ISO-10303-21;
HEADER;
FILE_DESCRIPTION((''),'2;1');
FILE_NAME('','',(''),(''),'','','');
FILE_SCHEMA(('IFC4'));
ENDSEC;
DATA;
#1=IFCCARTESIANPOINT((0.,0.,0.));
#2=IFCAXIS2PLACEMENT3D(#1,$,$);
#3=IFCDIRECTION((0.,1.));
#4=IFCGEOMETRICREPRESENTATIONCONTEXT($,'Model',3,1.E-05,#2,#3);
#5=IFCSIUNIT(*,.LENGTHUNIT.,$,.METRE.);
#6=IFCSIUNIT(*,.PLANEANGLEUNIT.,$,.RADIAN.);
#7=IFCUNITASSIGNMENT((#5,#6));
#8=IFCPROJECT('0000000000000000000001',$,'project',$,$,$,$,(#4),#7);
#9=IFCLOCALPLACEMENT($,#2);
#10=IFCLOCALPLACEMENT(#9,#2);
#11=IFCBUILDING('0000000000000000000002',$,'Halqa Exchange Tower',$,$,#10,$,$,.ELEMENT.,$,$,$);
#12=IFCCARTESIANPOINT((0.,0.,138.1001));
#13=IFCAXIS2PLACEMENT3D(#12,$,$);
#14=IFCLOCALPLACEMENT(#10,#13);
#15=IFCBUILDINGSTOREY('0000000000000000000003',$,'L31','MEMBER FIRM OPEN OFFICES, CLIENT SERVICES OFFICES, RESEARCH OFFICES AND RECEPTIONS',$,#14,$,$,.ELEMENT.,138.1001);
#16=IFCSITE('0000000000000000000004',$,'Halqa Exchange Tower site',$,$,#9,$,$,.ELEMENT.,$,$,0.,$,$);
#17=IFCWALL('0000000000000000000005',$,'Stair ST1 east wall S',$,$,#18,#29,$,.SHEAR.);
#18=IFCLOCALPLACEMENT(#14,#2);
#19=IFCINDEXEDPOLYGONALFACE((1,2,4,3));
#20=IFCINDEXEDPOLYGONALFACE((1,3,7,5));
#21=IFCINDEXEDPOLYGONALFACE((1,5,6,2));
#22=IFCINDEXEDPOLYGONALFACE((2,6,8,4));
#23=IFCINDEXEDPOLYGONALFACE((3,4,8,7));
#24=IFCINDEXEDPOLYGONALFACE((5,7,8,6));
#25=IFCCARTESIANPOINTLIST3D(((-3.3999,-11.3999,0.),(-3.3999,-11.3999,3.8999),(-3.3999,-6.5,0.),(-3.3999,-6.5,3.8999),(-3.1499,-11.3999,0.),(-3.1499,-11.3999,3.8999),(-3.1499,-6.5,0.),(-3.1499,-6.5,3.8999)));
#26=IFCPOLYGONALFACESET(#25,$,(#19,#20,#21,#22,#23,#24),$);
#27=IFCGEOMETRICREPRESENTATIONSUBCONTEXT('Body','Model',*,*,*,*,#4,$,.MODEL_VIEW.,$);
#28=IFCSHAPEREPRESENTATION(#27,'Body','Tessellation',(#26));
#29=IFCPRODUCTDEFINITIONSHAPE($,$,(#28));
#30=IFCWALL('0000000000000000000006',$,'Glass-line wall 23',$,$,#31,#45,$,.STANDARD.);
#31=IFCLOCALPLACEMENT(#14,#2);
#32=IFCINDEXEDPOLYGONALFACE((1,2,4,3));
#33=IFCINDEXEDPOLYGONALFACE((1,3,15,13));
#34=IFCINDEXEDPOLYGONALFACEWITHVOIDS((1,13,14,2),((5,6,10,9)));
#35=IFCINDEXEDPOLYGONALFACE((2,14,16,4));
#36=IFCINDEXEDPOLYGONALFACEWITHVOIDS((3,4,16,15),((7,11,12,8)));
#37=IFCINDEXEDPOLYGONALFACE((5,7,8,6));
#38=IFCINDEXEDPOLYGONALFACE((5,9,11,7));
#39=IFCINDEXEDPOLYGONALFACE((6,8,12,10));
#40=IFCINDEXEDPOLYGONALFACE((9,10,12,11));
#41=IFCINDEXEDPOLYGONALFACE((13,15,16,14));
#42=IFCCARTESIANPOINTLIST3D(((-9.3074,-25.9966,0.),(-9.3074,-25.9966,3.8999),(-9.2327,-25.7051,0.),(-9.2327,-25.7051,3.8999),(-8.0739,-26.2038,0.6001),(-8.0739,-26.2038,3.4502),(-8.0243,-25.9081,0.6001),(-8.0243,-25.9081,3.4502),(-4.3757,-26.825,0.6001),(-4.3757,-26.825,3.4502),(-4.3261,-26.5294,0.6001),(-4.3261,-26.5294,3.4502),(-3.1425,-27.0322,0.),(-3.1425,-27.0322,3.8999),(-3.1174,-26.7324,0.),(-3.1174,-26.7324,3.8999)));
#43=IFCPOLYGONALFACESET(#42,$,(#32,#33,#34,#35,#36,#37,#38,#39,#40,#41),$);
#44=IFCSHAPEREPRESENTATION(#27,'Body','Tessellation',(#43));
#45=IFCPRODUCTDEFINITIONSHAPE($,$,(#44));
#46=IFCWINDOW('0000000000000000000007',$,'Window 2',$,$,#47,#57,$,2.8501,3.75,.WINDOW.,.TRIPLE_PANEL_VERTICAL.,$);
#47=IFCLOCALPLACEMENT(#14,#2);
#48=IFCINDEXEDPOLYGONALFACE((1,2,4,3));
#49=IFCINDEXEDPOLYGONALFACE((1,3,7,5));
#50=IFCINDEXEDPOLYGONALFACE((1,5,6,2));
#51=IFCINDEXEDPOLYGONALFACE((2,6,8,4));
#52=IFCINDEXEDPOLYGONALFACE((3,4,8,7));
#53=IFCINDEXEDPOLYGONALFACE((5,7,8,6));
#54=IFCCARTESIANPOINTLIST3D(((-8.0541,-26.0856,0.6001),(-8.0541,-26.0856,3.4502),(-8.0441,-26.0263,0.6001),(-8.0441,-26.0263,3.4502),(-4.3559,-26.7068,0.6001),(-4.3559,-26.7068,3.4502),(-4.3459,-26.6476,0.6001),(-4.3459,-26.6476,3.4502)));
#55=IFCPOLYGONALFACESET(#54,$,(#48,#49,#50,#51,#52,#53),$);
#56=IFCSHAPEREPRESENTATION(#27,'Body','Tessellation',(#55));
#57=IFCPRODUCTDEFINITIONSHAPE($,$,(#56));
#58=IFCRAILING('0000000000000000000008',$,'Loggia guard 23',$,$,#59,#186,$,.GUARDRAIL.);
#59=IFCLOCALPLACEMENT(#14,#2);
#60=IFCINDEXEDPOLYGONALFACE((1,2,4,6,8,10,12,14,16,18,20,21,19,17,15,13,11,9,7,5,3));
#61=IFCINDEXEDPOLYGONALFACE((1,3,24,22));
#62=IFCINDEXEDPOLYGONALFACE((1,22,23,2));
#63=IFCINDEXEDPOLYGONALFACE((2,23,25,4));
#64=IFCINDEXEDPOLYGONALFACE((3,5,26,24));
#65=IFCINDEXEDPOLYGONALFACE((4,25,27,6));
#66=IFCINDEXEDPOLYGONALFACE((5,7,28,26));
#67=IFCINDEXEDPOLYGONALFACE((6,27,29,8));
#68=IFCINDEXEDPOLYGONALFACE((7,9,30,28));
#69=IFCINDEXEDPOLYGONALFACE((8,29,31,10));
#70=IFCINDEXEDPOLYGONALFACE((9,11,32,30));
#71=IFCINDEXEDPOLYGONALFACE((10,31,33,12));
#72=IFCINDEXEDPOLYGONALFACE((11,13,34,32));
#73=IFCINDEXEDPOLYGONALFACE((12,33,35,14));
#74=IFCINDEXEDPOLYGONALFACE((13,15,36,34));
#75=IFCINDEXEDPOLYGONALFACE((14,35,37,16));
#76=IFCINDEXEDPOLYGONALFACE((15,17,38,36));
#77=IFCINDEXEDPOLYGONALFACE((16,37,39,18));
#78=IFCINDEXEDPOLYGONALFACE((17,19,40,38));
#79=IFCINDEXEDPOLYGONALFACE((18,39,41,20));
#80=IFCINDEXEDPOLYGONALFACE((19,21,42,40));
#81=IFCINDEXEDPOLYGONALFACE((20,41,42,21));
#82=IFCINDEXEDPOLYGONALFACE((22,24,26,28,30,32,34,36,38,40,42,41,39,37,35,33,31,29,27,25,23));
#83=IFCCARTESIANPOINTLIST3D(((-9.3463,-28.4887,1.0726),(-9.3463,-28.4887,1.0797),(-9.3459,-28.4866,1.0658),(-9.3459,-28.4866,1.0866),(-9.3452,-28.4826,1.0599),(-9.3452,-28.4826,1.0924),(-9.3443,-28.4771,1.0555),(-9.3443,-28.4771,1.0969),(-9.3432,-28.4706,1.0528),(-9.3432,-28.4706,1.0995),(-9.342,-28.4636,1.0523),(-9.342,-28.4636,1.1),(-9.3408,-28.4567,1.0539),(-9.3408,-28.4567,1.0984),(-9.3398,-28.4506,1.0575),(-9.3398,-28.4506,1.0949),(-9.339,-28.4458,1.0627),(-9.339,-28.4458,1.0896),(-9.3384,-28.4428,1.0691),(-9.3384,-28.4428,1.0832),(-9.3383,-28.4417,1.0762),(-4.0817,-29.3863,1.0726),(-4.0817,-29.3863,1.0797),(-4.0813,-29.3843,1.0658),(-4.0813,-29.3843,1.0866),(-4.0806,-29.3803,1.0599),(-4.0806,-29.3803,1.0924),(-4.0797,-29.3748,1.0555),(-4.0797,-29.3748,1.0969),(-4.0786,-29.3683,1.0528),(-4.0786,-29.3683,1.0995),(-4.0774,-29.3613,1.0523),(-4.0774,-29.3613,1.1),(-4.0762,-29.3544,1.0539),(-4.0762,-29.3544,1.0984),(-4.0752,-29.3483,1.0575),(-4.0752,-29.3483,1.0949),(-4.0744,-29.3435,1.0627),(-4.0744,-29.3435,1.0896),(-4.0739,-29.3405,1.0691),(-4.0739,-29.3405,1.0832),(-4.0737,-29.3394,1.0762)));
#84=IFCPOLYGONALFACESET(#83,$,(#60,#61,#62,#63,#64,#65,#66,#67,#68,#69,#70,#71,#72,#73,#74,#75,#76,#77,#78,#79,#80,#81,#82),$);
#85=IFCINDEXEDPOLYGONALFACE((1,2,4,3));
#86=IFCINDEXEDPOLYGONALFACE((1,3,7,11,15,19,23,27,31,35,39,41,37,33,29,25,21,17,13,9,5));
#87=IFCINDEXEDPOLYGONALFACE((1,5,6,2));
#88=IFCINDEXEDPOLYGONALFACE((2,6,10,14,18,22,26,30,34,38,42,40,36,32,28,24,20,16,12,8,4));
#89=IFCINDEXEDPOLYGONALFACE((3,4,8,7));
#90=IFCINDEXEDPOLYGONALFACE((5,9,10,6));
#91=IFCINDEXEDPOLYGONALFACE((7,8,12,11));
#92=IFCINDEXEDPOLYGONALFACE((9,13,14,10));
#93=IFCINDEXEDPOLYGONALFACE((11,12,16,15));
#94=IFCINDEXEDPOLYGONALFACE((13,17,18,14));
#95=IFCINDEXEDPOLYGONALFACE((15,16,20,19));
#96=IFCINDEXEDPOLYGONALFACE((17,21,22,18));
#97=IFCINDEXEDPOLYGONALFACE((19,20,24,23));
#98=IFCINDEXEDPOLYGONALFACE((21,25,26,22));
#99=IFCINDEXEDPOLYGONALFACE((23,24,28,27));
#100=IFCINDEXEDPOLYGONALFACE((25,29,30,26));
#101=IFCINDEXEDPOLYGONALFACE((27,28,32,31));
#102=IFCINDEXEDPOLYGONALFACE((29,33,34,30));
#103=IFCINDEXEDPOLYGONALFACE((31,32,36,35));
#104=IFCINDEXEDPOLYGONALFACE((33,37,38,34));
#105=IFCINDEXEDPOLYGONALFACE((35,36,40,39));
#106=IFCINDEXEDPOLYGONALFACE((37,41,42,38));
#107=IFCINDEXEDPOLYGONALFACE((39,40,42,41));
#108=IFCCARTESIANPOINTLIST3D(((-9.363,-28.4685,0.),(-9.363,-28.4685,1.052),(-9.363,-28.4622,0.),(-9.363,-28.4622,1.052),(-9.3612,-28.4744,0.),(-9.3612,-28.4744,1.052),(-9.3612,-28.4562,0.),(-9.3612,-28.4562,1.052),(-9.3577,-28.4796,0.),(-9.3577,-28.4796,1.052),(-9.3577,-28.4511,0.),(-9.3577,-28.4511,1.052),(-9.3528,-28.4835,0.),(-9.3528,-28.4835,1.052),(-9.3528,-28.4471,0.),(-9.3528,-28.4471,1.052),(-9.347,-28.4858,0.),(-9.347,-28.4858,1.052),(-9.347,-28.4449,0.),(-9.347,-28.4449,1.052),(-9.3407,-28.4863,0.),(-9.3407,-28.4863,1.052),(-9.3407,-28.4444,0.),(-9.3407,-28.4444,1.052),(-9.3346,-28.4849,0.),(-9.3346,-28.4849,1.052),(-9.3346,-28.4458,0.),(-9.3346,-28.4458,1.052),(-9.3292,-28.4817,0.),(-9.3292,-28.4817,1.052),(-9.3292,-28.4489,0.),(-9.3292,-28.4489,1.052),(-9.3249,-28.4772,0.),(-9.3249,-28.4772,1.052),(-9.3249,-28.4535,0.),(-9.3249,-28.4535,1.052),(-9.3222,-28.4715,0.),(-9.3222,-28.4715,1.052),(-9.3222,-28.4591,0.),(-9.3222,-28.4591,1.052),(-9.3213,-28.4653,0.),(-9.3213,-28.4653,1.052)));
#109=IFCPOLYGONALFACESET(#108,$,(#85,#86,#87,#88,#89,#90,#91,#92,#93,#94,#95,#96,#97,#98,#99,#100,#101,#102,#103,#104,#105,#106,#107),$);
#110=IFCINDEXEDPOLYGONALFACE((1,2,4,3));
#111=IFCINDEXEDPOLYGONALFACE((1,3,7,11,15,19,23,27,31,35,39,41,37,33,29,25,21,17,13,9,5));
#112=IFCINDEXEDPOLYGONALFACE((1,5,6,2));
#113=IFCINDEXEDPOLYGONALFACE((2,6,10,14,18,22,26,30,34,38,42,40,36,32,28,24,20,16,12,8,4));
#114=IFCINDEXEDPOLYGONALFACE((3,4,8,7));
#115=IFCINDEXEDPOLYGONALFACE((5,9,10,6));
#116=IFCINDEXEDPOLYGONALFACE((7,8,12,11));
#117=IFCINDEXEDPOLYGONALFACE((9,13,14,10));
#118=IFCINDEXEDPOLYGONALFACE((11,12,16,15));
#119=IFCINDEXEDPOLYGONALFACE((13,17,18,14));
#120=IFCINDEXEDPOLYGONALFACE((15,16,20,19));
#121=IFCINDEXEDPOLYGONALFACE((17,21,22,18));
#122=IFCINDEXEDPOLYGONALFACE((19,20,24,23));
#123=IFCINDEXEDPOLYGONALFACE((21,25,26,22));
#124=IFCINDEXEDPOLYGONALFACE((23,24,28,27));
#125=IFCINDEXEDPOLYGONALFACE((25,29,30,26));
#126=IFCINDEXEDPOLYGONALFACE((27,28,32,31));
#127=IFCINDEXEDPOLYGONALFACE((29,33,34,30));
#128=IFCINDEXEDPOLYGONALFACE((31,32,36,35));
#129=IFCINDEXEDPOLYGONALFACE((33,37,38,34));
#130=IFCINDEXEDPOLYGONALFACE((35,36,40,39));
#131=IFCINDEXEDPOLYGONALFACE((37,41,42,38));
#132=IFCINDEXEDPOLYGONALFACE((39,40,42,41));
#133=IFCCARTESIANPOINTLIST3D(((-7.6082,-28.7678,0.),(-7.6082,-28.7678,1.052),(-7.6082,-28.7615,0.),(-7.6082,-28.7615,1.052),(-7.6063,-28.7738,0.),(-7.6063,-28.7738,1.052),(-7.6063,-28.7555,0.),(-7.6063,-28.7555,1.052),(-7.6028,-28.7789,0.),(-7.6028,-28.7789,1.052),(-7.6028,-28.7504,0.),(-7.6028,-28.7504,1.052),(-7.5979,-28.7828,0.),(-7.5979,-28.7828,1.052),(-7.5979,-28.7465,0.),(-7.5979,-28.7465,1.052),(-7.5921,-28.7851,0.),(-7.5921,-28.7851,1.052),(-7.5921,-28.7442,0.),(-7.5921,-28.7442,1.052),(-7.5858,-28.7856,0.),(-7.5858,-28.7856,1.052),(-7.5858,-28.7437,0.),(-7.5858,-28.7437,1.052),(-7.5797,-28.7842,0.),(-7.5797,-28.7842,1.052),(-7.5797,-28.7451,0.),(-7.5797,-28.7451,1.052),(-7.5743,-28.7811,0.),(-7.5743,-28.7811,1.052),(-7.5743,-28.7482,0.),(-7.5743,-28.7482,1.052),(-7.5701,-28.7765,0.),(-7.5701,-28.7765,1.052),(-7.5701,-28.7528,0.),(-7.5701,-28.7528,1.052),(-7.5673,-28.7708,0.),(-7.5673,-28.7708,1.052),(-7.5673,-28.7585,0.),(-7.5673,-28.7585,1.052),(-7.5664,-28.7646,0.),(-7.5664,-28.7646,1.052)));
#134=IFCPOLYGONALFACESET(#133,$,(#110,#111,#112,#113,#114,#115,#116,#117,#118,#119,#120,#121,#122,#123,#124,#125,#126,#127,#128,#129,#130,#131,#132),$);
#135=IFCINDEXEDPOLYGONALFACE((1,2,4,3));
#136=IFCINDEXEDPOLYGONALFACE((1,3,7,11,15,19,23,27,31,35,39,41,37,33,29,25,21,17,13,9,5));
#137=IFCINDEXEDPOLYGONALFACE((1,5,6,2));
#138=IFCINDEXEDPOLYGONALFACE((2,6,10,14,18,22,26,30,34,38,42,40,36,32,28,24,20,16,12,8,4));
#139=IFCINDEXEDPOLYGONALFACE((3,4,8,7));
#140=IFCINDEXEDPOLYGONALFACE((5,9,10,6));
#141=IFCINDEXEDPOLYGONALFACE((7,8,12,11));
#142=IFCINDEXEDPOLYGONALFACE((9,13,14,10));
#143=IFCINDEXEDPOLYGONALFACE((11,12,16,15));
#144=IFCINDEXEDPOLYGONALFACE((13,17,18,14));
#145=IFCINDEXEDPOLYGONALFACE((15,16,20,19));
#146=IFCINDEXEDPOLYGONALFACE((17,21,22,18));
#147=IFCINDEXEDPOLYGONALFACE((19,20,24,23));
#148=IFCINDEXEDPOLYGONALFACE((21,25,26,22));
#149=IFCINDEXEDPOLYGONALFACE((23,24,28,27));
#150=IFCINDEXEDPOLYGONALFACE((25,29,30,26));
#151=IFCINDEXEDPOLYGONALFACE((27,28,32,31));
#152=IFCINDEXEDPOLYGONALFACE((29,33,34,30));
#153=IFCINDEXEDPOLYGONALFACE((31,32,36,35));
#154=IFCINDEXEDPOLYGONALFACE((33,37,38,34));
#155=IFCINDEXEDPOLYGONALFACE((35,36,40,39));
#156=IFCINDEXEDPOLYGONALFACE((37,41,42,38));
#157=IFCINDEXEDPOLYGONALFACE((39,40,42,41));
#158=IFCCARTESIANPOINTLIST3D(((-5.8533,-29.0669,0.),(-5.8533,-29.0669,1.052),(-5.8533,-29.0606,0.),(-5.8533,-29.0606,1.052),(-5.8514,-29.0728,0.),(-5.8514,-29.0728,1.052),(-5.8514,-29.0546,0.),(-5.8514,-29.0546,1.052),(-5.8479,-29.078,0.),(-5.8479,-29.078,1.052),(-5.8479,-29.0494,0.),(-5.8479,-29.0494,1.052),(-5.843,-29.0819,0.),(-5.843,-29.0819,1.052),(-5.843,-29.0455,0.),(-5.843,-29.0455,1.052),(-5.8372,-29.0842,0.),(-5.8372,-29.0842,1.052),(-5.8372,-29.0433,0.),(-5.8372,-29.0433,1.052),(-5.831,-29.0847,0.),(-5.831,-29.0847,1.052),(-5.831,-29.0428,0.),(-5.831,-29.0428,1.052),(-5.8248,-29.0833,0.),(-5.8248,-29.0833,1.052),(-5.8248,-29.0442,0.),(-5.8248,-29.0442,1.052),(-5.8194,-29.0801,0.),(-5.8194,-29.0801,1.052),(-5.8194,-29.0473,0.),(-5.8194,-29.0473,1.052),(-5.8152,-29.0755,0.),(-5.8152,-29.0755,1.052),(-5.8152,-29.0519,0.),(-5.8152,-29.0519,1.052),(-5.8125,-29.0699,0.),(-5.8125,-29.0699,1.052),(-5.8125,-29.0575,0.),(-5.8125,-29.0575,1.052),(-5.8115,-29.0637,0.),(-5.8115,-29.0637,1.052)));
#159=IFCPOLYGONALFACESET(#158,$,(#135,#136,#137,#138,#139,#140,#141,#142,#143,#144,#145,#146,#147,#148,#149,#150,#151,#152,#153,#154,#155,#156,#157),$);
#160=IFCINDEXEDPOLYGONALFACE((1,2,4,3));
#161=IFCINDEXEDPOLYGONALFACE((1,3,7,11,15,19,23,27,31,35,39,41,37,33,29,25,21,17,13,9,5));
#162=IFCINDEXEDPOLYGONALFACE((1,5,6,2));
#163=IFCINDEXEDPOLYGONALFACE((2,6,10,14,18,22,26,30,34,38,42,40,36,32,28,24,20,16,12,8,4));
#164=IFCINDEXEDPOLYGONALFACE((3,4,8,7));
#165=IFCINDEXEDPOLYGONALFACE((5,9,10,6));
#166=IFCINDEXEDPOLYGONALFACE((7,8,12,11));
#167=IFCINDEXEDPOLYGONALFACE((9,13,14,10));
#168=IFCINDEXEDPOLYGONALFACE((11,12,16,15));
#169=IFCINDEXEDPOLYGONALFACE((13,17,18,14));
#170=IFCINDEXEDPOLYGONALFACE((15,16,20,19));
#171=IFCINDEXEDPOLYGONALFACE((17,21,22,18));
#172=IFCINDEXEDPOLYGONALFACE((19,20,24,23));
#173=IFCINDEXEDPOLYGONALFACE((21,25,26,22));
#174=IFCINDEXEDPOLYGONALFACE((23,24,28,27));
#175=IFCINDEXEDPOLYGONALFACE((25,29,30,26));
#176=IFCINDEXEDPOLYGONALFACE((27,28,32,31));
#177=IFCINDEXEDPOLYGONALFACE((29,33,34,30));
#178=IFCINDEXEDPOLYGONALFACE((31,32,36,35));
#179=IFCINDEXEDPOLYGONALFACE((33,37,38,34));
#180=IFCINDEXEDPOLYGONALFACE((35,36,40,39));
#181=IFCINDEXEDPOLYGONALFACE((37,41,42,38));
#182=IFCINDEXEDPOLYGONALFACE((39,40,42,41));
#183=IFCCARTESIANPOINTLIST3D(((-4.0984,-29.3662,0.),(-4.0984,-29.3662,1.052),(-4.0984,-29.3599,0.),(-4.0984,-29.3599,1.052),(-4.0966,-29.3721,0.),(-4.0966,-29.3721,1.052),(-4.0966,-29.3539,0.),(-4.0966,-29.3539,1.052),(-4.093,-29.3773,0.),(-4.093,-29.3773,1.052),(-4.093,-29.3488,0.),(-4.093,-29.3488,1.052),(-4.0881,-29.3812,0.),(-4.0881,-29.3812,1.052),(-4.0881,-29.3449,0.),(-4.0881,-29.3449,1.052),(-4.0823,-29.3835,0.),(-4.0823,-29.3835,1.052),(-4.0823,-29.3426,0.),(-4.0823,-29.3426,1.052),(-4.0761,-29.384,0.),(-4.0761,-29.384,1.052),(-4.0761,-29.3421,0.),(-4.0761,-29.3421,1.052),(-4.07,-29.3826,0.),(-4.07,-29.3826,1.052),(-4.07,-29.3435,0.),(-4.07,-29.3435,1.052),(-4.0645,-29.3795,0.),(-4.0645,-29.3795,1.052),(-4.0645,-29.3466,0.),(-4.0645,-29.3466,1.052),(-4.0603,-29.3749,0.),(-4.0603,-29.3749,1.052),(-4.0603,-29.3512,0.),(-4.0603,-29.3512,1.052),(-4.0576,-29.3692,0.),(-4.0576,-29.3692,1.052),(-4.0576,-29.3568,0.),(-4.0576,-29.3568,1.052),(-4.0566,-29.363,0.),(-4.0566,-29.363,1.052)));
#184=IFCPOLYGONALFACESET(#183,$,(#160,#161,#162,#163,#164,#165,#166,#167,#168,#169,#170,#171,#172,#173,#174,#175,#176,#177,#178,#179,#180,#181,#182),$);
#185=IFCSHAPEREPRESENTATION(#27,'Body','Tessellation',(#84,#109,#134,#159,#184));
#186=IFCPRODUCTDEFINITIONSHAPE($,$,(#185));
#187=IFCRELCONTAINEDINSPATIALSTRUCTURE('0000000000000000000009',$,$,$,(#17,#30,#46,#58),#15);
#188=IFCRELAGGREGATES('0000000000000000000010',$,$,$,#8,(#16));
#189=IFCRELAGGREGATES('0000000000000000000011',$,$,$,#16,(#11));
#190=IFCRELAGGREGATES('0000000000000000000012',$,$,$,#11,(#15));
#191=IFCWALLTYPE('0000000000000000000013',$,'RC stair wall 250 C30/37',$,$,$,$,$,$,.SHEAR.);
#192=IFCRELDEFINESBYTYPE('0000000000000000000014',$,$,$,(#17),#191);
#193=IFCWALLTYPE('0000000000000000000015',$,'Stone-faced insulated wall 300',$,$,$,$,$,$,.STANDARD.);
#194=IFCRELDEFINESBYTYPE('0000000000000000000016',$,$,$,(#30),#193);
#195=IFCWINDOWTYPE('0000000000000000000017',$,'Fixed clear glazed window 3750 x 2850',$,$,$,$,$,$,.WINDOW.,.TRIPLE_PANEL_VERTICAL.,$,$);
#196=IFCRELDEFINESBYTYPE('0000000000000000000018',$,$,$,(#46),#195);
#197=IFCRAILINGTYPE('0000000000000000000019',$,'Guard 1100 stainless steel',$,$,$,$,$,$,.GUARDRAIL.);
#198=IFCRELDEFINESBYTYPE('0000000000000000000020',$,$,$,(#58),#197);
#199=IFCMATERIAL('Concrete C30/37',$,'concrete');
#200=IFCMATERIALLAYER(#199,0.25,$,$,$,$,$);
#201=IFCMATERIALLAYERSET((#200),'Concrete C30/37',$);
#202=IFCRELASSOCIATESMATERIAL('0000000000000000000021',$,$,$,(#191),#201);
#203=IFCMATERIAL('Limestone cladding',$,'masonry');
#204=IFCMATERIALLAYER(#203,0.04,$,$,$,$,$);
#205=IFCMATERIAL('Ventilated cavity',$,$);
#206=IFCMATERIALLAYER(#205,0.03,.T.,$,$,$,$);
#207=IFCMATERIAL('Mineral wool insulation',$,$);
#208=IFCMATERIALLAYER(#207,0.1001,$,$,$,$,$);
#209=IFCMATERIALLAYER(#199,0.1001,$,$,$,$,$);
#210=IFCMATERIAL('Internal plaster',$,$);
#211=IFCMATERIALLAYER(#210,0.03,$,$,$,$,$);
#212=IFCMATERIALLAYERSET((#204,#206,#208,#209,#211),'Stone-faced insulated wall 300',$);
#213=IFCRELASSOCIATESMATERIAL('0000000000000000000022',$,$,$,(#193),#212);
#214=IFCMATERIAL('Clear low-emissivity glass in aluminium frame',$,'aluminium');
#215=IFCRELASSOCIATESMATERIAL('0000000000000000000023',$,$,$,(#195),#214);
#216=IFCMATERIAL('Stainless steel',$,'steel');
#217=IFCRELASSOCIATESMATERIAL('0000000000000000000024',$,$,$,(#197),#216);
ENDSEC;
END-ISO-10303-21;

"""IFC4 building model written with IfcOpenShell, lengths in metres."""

from ifc_helpers import new_model, si_unit, direction, frame, frame_2d, origin, origin_2d, place, context, subcontext, project, spatial, polyline, rectangle, circle, outline, extrude, material, layer, layer_set, type_object, element, fill, save


model = new_model("IFC4")

# Units and contexts
model_context = context("Model", 3, precision=1e-05, world=origin(), true_north=direction((0.0, 1.0)))
body_context = subcontext(model_context, "Body", "Model", "MODEL_VIEW")
ifc_project = project(units=[si_unit("LENGTHUNIT", "METRE"), si_unit("PLANEANGLEUNIT", "RADIAN")], contexts=[model_context])

# Site, building, storey
site_placement = place(None, origin())
site = spatial("IfcSite", under=ifc_project, at=site_placement, Name="Halqa Exchange Tower site", CompositionType="ELEMENT", RefElevation=0.0)
building_placement = place(site_placement, origin())
building = spatial("IfcBuilding", under=site, at=building_placement, Name="Halqa Exchange Tower", CompositionType="ELEMENT")
storey_placement = place(building_placement, frame((0.0, 0.0, 138.1001)))
storey = spatial("IfcBuildingStorey", under=building, at=storey_placement, Name="L31", Description="MEMBER FIRM OPEN OFFICES, CLIENT SERVICES OFFICES, RESEARCH OFFICES AND RECEPTIONS", CompositionType="ELEMENT", Elevation=138.1001)

# Wall
ifc_material_1 = material(Name="Concrete C30/37", Category="concrete")
ifc_layer_1 = layer(ifc_material_1, 0.25)
ifc_layer_set_1 = layer_set([ifc_layer_1], Name="Concrete C30/37")
wall_type_1 = type_object("IfcWallType", Name="RC stair wall 250 C30/37", PredefinedType="SHEAR", material=ifc_layer_set_1)
wall_1_placement = place(storey_placement, frame((-3.2749, -11.3999, 0.0), z_axis=(0.0, 0.0, 1.0), x_axis=(0.0, 1.0, 0.0)))
element("IfcWall", 1, at=wall_1_placement, inside=storey, type_object=wall_type_1, Name="Stair ST1 east wall S", PredefinedType="SHEAR", context=body_context, shape_type="SweptSolid", body=[
    extrude(rectangle(XDim=4.8999, YDim=0.25, at=frame_2d((2.45, 0.0))), origin(), (0.0, 0.0, 1.0), 3.8999),
])

# Wall, opening, window
ifc_material_2 = material(Name="Limestone cladding", Category="masonry")
ifc_layer_2 = layer(ifc_material_2, 0.04)
ifc_material_3 = material(Name="Ventilated cavity")
ifc_layer_3 = layer(ifc_material_3, 0.03, ventilated=True)
ifc_material_4 = material(Name="Mineral wool insulation")
ifc_layer_4 = layer(ifc_material_4, 0.1001)
ifc_layer_5 = layer(ifc_material_1, 0.1001)
ifc_material_5 = material(Name="Internal plaster")
ifc_layer_6 = layer(ifc_material_5, 0.03)
ifc_layer_set_2 = layer_set([ifc_layer_2, ifc_layer_3, ifc_layer_4, ifc_layer_5, ifc_layer_6], Name="Stone-faced insulated wall 300")
wall_type_2 = type_object("IfcWallType", Name="Stone-faced insulated wall 300", PredefinedType="STANDARD", material=ifc_layer_set_2)
wall_2_placement = place(storey_placement, frame((-9.27, -25.8508, 0.0), z_axis=(0.0, 0.0, 1.0), x_axis=(0.986181, -0.165671, 0.0)))
wall_2 = element("IfcWall", 2, at=wall_2_placement, inside=storey, type_object=wall_type_2, Name="Glass-line wall 23", PredefinedType="STANDARD", context=body_context, shape_type="SweptSolid", body=[
    extrude(outline(polyline([(-0.0127, -0.1499), (6.2385, -0.1499), (6.2136, 0.1499), (0.0127, 0.1499), (-0.0127, -0.1499)])), origin(), (0.0, 0.0, 1.0), 3.8999),
])
opening_1_placement = place(wall_2_placement, frame((1.238, 0.0, 0.6001)))
opening_1 = element("IfcOpeningElement", 3, at=opening_1_placement, cuts=wall_2, PredefinedType="OPENING", context=body_context, shape_type="SweptSolid", body=[
    extrude(rectangle(XDim=3.75, YDim=2.8501, at=frame_2d((1.875, 1.425))), frame((0.0, 0.1621, 0.0), z_axis=(0.0, -1.0, 0.0), x_axis=(1.0, 0.0, 0.0)), (0.0, 0.0, 1.0), 0.324),
])
ifc_material_6 = material(Name="Clear low-emissivity glass in aluminium frame", Category="aluminium")
window_type = type_object("IfcWindowType", Name="Fixed clear glazed window 3750 x 2850", PartitioningType="TRIPLE_PANEL_VERTICAL", PredefinedType="WINDOW", material=ifc_material_6)
window_placement = place(opening_1_placement, origin())
window = element("IfcWindow", 4, at=window_placement, inside=storey, type_object=window_type, Name="Window 2", OverallHeight=2.8501, OverallWidth=3.75, PartitioningType="TRIPLE_PANEL_VERTICAL", PredefinedType="WINDOW", context=body_context, shape_type="SweptSolid", body=[
    extrude(rectangle(XDim=3.75, YDim=2.8501, at=frame_2d((1.875, 1.425))), frame((0.0, 0.03, 0.0), z_axis=(0.0, -1.0, 0.0), x_axis=(1.0, 0.0, 0.0)), (0.0, 0.0, 1.0), 0.0601),
])
fill(opening_1, window)

# Railing
ifc_material_7 = material(Name="Stainless steel", Category="steel")
railing_type = type_object("IfcRailingType", Name="Guard 1100 stainless steel", PredefinedType="GUARDRAIL", material=ifc_material_7)
railing_1_placement = place(storey_placement, frame((-9.3423, -28.4653, 0.0)))
element("IfcRailing", 5, at=railing_1_placement, inside=storey, type_object=railing_type, Name="Loggia guard 23", PredefinedType="GUARDRAIL", context=body_context, shape_type="SweptSolid", body=[
    extrude(circle(Radius=0.0239, at=origin_2d()), frame((0.0, 0.0, 1.0762), z_axis=(0.985772, -0.16809, 0.0), x_axis=(0.16809, 0.985772, 0.0)), (0.0, 0.0, 1.0), 5.3406),
    extrude(circle(Radius=0.021, at=origin_2d()), origin(), (0.0, 0.0, 1.0), 1.052),
    extrude(circle(Radius=0.021, at=origin_2d()), frame((1.7549, -0.2993, 0.0)), (0.0, 0.0, 1.0), 1.052),
    extrude(circle(Radius=0.021, at=origin_2d()), frame((3.5098, -0.5984, 0.0)), (0.0, 0.0, 1.0), 1.052),
    extrude(circle(Radius=0.021, at=origin_2d()), frame((5.2646, -0.8977, 0.0)), (0.0, 0.0, 1.0), 1.052),
])

save(model, "model.ifc")
